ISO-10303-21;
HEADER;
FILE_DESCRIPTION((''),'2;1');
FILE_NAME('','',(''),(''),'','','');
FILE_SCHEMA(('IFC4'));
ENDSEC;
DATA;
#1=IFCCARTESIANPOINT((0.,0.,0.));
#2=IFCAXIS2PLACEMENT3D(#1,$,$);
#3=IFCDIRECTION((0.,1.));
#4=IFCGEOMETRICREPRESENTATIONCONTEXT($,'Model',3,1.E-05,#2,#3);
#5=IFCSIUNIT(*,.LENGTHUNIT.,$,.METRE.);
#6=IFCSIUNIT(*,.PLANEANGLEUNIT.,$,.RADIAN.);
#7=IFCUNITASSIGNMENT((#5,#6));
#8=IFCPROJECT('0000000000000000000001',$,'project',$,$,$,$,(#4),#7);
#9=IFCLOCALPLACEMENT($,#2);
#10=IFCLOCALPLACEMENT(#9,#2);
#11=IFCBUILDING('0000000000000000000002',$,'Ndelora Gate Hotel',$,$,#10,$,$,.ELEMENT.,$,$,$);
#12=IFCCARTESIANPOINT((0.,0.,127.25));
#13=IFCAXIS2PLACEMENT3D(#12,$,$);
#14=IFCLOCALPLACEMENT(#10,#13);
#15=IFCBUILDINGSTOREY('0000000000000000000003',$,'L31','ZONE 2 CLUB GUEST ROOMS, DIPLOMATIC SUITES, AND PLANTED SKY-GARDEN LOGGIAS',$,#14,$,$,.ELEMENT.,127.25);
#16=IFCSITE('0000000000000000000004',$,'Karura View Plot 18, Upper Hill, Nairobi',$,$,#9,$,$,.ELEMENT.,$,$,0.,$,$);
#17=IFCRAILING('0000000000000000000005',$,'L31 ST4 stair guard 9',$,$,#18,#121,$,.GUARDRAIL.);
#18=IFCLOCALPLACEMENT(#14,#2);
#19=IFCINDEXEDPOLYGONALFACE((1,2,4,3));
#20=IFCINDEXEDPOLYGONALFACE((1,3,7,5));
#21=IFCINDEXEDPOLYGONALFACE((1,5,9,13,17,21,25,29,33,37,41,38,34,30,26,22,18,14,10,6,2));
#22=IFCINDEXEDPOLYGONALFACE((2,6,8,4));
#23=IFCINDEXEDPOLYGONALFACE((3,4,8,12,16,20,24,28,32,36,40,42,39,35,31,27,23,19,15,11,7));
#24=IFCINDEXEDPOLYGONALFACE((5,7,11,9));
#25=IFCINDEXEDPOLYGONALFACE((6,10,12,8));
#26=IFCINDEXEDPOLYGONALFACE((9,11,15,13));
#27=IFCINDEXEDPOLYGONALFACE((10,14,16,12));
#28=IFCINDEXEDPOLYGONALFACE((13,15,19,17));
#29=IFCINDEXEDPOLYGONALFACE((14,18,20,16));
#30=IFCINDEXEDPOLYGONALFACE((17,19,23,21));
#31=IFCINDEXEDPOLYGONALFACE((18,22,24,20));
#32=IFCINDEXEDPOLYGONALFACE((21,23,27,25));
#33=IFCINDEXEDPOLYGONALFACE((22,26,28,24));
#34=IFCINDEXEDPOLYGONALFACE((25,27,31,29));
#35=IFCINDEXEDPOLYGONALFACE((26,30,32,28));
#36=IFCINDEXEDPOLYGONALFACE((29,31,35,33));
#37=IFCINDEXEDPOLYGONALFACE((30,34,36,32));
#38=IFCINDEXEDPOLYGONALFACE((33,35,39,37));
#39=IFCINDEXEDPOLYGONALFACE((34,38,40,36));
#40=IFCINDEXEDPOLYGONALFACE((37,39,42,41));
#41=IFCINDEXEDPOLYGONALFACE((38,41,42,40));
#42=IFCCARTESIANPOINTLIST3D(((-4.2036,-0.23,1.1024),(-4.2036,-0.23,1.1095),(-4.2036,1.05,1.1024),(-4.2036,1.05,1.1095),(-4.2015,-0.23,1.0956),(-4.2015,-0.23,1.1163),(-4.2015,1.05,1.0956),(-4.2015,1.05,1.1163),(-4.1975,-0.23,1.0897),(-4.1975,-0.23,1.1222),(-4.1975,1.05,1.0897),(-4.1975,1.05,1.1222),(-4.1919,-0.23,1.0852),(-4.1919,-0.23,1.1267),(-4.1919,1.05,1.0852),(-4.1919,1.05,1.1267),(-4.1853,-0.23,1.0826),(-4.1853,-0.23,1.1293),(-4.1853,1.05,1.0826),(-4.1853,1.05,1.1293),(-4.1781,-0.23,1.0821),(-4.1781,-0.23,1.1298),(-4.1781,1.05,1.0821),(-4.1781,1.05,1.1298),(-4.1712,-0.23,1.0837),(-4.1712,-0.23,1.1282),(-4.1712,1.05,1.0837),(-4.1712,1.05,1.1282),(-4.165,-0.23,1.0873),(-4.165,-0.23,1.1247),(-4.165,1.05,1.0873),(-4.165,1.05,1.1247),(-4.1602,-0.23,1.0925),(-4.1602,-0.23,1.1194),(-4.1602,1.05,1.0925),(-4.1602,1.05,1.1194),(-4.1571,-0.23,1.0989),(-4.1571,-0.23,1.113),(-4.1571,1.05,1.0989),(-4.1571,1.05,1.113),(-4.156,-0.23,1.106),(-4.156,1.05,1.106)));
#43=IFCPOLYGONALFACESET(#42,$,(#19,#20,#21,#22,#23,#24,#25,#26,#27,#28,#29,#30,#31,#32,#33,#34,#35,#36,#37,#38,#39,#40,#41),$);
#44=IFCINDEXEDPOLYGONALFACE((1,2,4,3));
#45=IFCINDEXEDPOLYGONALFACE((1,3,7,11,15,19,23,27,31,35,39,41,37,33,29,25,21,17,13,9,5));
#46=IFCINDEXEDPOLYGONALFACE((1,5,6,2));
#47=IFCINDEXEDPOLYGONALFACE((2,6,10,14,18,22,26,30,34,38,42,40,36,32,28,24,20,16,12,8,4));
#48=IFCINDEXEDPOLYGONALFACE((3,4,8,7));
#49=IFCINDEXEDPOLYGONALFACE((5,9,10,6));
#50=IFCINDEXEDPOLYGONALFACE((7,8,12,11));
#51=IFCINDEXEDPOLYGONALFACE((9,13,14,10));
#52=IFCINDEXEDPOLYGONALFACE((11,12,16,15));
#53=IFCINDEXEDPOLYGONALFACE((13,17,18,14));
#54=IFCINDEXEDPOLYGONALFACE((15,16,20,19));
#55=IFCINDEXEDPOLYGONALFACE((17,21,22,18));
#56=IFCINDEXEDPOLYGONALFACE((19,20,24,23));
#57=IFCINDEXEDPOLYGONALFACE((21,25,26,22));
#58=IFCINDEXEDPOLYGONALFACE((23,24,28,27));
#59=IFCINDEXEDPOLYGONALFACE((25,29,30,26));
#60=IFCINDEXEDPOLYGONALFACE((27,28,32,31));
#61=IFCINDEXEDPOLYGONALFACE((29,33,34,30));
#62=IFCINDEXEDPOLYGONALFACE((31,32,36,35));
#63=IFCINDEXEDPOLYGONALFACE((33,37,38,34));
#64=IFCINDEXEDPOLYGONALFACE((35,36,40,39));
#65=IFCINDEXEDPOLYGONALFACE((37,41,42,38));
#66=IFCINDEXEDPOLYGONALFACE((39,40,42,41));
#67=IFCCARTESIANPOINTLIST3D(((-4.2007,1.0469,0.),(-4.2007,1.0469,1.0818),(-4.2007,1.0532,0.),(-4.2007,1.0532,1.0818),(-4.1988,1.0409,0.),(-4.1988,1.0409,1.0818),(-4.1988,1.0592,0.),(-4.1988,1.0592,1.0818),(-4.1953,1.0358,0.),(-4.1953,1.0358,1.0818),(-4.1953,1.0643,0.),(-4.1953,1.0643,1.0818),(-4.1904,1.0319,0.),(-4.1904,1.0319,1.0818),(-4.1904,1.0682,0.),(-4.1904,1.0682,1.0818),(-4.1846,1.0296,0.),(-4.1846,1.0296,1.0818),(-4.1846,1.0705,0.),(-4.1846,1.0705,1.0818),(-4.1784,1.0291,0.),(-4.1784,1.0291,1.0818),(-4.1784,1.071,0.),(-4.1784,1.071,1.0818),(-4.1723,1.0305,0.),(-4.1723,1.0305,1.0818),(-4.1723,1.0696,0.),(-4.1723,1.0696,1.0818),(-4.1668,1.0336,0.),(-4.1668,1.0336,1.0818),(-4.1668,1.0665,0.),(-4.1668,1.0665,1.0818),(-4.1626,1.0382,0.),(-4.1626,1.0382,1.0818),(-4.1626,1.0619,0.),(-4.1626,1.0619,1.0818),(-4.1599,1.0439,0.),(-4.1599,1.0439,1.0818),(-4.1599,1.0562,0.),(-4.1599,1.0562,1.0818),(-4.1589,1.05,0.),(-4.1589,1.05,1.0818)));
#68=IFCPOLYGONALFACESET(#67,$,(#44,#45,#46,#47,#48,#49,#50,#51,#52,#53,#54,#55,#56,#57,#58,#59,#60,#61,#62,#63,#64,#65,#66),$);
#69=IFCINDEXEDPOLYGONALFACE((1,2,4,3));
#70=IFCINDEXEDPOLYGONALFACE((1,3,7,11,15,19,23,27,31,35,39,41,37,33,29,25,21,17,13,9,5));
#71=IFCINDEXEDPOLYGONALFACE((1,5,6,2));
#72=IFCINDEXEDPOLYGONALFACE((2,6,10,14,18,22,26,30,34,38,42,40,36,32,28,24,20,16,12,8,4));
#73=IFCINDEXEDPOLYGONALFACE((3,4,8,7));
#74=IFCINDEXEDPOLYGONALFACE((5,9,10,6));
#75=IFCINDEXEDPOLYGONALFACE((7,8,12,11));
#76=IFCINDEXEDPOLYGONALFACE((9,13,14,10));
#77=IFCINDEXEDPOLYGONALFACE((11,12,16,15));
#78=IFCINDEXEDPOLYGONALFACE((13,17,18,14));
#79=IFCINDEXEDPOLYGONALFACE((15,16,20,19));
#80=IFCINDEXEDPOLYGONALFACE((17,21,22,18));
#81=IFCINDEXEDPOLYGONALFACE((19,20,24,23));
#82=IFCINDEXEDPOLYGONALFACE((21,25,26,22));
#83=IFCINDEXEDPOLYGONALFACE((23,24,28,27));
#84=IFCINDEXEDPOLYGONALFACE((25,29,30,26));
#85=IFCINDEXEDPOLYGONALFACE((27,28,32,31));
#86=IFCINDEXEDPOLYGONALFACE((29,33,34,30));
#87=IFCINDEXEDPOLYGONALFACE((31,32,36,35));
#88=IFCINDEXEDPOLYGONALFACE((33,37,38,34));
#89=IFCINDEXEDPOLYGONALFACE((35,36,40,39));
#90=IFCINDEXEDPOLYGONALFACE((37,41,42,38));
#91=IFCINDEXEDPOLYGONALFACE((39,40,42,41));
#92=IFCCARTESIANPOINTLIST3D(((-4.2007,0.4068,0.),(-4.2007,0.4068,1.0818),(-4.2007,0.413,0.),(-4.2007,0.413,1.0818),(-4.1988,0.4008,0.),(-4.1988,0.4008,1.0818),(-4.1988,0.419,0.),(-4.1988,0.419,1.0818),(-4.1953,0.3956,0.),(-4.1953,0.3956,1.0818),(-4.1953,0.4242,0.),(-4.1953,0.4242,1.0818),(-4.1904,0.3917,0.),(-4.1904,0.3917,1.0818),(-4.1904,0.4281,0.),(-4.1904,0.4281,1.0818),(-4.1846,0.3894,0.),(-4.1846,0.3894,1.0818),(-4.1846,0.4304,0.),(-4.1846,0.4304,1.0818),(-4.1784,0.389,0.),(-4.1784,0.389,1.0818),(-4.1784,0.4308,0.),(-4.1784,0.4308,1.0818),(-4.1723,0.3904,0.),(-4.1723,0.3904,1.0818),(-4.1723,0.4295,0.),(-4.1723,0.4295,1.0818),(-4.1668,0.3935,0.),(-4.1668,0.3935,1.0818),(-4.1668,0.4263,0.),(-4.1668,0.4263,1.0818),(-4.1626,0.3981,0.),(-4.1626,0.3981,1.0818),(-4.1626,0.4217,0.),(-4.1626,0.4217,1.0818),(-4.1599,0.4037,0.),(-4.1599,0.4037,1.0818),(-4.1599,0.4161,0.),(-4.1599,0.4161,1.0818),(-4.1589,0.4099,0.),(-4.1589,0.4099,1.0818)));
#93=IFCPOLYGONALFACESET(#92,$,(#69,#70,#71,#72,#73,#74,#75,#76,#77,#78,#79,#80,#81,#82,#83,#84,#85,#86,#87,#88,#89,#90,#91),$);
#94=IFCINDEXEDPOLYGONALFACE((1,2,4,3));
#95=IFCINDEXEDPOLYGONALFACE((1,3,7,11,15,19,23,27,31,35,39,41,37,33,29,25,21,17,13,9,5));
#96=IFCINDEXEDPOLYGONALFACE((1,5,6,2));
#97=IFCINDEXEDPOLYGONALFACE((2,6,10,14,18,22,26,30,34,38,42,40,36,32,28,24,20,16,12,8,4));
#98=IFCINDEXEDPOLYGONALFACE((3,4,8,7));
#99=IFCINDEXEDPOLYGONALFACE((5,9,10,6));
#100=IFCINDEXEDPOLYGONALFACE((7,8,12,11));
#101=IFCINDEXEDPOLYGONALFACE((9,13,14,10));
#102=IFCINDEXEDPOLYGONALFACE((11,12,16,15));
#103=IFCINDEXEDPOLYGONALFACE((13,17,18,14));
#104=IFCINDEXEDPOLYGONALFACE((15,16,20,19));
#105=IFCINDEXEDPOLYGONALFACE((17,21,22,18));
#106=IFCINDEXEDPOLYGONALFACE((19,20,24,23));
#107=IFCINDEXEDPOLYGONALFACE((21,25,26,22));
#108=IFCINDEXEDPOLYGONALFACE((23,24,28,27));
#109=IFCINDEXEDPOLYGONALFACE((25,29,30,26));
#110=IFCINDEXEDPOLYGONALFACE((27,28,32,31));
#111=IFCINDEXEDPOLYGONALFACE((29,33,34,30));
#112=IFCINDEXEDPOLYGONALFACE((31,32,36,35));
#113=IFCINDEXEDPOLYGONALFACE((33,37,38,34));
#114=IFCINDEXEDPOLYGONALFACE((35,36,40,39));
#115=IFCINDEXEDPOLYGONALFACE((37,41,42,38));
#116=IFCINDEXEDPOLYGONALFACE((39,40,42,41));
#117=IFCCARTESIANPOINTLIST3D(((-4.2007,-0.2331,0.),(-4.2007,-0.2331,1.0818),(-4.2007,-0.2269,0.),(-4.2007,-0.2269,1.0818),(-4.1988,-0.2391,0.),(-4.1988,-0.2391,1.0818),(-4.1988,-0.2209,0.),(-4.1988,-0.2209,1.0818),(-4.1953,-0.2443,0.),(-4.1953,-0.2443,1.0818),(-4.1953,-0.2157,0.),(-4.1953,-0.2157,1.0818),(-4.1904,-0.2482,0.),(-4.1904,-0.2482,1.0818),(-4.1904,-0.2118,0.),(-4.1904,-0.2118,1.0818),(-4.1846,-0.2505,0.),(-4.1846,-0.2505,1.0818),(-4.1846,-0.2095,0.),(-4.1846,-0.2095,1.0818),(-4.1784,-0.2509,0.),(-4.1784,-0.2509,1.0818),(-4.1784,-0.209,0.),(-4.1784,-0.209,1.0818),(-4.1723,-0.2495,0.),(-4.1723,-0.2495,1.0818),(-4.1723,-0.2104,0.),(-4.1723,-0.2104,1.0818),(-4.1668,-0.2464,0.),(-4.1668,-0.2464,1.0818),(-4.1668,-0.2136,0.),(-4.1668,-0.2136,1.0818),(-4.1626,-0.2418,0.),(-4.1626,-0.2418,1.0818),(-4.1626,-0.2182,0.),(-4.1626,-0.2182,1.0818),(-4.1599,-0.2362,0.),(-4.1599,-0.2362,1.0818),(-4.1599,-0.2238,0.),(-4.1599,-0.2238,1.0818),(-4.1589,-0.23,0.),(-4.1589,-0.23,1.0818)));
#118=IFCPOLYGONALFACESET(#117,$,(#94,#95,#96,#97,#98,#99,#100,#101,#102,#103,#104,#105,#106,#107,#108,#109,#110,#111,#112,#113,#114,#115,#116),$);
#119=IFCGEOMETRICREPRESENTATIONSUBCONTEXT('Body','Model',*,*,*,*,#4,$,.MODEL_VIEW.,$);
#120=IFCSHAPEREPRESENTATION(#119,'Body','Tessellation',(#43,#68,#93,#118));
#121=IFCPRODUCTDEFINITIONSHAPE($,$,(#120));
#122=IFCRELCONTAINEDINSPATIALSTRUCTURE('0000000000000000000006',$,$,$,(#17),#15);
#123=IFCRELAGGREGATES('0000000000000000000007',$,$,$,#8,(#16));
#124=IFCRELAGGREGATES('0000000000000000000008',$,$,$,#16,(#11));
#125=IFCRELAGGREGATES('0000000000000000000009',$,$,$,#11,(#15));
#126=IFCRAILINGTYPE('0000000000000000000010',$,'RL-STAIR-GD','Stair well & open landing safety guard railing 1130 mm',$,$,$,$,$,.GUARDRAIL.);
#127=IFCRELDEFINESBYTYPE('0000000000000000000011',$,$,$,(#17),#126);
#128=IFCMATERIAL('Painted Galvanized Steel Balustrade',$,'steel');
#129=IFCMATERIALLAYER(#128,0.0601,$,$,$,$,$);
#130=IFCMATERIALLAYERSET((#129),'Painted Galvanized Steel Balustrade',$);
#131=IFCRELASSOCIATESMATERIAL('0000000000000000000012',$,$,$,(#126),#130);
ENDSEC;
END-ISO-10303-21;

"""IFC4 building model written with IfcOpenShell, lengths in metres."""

from ifc_helpers import new_model, si_unit, direction, frame, origin, origin_2d, place, context, subcontext, project, spatial, circle, extrude, material, layer, layer_set, type_object, element, save


model = new_model("IFC4")

# Units and contexts
model_context = context("Model", 3, precision=1e-05, world=origin(), true_north=direction((0.0, 1.0)))
body_context = subcontext(model_context, "Body", "Model", "MODEL_VIEW")
ifc_project = project(units=[si_unit("LENGTHUNIT", "METRE"), si_unit("PLANEANGLEUNIT", "RADIAN")], contexts=[model_context])

# Site, building, storey
site_placement = place(None, origin())
site = spatial("IfcSite", under=ifc_project, at=site_placement, Name="Karura View Plot 18, Upper Hill, Nairobi", CompositionType="ELEMENT", RefElevation=0.0)
building_placement = place(site_placement, origin())
building = spatial("IfcBuilding", under=site, at=building_placement, Name="Ndelora Gate Hotel", CompositionType="ELEMENT")
storey_placement = place(building_placement, frame((0.0, 0.0, 127.25)))
storey = spatial("IfcBuildingStorey", under=building, at=storey_placement, Name="L31", Description="ZONE 2 CLUB GUEST ROOMS, DIPLOMATIC SUITES, AND PLANTED SKY-GARDEN LOGGIAS", CompositionType="ELEMENT", Elevation=127.25)

# Railing
ifc_material_1 = material(Name="Painted Galvanized Steel Balustrade", Category="steel")
ifc_layer_1 = layer(ifc_material_1, 0.0601)
ifc_layer_set_1 = layer_set([ifc_layer_1], Name="Painted Galvanized Steel Balustrade")
railing_type = type_object("IfcRailingType", Name="RL-STAIR-GD", Description="Stair well & open landing safety guard railing 1130 mm", PredefinedType="GUARDRAIL", material=ifc_layer_set_1)
for number, where, name in (
    (1, (-4.1799, 1.05, 0.0), "L31 ST4 stair guard 9"),
):
    element("IfcRailing", number, at=place(storey_placement, frame(where)), inside=storey, type_object=railing_type, Name=name, PredefinedType="GUARDRAIL", context=body_context, shape_type="SweptSolid", body=[
        extrude(circle(Radius=0.0239, at=origin_2d()), frame((0.0, 0.0, 1.106), z_axis=(0.0, -1.0, 0.0), x_axis=(1.0, 0.0, 0.0)), (0.0, 0.0, 1.0), 1.28),
        extrude(circle(Radius=0.021, at=origin_2d()), origin(), (0.0, 0.0, 1.0), 1.0818),
        extrude(circle(Radius=0.021, at=origin_2d()), frame((0.0, -0.6401, 0.0)), (0.0, 0.0, 1.0), 1.0818),
        extrude(circle(Radius=0.021, at=origin_2d()), frame((0.0, -1.28, 0.0)), (0.0, 0.0, 1.0), 1.0818),
    ])

save(model, "model.ifc")
